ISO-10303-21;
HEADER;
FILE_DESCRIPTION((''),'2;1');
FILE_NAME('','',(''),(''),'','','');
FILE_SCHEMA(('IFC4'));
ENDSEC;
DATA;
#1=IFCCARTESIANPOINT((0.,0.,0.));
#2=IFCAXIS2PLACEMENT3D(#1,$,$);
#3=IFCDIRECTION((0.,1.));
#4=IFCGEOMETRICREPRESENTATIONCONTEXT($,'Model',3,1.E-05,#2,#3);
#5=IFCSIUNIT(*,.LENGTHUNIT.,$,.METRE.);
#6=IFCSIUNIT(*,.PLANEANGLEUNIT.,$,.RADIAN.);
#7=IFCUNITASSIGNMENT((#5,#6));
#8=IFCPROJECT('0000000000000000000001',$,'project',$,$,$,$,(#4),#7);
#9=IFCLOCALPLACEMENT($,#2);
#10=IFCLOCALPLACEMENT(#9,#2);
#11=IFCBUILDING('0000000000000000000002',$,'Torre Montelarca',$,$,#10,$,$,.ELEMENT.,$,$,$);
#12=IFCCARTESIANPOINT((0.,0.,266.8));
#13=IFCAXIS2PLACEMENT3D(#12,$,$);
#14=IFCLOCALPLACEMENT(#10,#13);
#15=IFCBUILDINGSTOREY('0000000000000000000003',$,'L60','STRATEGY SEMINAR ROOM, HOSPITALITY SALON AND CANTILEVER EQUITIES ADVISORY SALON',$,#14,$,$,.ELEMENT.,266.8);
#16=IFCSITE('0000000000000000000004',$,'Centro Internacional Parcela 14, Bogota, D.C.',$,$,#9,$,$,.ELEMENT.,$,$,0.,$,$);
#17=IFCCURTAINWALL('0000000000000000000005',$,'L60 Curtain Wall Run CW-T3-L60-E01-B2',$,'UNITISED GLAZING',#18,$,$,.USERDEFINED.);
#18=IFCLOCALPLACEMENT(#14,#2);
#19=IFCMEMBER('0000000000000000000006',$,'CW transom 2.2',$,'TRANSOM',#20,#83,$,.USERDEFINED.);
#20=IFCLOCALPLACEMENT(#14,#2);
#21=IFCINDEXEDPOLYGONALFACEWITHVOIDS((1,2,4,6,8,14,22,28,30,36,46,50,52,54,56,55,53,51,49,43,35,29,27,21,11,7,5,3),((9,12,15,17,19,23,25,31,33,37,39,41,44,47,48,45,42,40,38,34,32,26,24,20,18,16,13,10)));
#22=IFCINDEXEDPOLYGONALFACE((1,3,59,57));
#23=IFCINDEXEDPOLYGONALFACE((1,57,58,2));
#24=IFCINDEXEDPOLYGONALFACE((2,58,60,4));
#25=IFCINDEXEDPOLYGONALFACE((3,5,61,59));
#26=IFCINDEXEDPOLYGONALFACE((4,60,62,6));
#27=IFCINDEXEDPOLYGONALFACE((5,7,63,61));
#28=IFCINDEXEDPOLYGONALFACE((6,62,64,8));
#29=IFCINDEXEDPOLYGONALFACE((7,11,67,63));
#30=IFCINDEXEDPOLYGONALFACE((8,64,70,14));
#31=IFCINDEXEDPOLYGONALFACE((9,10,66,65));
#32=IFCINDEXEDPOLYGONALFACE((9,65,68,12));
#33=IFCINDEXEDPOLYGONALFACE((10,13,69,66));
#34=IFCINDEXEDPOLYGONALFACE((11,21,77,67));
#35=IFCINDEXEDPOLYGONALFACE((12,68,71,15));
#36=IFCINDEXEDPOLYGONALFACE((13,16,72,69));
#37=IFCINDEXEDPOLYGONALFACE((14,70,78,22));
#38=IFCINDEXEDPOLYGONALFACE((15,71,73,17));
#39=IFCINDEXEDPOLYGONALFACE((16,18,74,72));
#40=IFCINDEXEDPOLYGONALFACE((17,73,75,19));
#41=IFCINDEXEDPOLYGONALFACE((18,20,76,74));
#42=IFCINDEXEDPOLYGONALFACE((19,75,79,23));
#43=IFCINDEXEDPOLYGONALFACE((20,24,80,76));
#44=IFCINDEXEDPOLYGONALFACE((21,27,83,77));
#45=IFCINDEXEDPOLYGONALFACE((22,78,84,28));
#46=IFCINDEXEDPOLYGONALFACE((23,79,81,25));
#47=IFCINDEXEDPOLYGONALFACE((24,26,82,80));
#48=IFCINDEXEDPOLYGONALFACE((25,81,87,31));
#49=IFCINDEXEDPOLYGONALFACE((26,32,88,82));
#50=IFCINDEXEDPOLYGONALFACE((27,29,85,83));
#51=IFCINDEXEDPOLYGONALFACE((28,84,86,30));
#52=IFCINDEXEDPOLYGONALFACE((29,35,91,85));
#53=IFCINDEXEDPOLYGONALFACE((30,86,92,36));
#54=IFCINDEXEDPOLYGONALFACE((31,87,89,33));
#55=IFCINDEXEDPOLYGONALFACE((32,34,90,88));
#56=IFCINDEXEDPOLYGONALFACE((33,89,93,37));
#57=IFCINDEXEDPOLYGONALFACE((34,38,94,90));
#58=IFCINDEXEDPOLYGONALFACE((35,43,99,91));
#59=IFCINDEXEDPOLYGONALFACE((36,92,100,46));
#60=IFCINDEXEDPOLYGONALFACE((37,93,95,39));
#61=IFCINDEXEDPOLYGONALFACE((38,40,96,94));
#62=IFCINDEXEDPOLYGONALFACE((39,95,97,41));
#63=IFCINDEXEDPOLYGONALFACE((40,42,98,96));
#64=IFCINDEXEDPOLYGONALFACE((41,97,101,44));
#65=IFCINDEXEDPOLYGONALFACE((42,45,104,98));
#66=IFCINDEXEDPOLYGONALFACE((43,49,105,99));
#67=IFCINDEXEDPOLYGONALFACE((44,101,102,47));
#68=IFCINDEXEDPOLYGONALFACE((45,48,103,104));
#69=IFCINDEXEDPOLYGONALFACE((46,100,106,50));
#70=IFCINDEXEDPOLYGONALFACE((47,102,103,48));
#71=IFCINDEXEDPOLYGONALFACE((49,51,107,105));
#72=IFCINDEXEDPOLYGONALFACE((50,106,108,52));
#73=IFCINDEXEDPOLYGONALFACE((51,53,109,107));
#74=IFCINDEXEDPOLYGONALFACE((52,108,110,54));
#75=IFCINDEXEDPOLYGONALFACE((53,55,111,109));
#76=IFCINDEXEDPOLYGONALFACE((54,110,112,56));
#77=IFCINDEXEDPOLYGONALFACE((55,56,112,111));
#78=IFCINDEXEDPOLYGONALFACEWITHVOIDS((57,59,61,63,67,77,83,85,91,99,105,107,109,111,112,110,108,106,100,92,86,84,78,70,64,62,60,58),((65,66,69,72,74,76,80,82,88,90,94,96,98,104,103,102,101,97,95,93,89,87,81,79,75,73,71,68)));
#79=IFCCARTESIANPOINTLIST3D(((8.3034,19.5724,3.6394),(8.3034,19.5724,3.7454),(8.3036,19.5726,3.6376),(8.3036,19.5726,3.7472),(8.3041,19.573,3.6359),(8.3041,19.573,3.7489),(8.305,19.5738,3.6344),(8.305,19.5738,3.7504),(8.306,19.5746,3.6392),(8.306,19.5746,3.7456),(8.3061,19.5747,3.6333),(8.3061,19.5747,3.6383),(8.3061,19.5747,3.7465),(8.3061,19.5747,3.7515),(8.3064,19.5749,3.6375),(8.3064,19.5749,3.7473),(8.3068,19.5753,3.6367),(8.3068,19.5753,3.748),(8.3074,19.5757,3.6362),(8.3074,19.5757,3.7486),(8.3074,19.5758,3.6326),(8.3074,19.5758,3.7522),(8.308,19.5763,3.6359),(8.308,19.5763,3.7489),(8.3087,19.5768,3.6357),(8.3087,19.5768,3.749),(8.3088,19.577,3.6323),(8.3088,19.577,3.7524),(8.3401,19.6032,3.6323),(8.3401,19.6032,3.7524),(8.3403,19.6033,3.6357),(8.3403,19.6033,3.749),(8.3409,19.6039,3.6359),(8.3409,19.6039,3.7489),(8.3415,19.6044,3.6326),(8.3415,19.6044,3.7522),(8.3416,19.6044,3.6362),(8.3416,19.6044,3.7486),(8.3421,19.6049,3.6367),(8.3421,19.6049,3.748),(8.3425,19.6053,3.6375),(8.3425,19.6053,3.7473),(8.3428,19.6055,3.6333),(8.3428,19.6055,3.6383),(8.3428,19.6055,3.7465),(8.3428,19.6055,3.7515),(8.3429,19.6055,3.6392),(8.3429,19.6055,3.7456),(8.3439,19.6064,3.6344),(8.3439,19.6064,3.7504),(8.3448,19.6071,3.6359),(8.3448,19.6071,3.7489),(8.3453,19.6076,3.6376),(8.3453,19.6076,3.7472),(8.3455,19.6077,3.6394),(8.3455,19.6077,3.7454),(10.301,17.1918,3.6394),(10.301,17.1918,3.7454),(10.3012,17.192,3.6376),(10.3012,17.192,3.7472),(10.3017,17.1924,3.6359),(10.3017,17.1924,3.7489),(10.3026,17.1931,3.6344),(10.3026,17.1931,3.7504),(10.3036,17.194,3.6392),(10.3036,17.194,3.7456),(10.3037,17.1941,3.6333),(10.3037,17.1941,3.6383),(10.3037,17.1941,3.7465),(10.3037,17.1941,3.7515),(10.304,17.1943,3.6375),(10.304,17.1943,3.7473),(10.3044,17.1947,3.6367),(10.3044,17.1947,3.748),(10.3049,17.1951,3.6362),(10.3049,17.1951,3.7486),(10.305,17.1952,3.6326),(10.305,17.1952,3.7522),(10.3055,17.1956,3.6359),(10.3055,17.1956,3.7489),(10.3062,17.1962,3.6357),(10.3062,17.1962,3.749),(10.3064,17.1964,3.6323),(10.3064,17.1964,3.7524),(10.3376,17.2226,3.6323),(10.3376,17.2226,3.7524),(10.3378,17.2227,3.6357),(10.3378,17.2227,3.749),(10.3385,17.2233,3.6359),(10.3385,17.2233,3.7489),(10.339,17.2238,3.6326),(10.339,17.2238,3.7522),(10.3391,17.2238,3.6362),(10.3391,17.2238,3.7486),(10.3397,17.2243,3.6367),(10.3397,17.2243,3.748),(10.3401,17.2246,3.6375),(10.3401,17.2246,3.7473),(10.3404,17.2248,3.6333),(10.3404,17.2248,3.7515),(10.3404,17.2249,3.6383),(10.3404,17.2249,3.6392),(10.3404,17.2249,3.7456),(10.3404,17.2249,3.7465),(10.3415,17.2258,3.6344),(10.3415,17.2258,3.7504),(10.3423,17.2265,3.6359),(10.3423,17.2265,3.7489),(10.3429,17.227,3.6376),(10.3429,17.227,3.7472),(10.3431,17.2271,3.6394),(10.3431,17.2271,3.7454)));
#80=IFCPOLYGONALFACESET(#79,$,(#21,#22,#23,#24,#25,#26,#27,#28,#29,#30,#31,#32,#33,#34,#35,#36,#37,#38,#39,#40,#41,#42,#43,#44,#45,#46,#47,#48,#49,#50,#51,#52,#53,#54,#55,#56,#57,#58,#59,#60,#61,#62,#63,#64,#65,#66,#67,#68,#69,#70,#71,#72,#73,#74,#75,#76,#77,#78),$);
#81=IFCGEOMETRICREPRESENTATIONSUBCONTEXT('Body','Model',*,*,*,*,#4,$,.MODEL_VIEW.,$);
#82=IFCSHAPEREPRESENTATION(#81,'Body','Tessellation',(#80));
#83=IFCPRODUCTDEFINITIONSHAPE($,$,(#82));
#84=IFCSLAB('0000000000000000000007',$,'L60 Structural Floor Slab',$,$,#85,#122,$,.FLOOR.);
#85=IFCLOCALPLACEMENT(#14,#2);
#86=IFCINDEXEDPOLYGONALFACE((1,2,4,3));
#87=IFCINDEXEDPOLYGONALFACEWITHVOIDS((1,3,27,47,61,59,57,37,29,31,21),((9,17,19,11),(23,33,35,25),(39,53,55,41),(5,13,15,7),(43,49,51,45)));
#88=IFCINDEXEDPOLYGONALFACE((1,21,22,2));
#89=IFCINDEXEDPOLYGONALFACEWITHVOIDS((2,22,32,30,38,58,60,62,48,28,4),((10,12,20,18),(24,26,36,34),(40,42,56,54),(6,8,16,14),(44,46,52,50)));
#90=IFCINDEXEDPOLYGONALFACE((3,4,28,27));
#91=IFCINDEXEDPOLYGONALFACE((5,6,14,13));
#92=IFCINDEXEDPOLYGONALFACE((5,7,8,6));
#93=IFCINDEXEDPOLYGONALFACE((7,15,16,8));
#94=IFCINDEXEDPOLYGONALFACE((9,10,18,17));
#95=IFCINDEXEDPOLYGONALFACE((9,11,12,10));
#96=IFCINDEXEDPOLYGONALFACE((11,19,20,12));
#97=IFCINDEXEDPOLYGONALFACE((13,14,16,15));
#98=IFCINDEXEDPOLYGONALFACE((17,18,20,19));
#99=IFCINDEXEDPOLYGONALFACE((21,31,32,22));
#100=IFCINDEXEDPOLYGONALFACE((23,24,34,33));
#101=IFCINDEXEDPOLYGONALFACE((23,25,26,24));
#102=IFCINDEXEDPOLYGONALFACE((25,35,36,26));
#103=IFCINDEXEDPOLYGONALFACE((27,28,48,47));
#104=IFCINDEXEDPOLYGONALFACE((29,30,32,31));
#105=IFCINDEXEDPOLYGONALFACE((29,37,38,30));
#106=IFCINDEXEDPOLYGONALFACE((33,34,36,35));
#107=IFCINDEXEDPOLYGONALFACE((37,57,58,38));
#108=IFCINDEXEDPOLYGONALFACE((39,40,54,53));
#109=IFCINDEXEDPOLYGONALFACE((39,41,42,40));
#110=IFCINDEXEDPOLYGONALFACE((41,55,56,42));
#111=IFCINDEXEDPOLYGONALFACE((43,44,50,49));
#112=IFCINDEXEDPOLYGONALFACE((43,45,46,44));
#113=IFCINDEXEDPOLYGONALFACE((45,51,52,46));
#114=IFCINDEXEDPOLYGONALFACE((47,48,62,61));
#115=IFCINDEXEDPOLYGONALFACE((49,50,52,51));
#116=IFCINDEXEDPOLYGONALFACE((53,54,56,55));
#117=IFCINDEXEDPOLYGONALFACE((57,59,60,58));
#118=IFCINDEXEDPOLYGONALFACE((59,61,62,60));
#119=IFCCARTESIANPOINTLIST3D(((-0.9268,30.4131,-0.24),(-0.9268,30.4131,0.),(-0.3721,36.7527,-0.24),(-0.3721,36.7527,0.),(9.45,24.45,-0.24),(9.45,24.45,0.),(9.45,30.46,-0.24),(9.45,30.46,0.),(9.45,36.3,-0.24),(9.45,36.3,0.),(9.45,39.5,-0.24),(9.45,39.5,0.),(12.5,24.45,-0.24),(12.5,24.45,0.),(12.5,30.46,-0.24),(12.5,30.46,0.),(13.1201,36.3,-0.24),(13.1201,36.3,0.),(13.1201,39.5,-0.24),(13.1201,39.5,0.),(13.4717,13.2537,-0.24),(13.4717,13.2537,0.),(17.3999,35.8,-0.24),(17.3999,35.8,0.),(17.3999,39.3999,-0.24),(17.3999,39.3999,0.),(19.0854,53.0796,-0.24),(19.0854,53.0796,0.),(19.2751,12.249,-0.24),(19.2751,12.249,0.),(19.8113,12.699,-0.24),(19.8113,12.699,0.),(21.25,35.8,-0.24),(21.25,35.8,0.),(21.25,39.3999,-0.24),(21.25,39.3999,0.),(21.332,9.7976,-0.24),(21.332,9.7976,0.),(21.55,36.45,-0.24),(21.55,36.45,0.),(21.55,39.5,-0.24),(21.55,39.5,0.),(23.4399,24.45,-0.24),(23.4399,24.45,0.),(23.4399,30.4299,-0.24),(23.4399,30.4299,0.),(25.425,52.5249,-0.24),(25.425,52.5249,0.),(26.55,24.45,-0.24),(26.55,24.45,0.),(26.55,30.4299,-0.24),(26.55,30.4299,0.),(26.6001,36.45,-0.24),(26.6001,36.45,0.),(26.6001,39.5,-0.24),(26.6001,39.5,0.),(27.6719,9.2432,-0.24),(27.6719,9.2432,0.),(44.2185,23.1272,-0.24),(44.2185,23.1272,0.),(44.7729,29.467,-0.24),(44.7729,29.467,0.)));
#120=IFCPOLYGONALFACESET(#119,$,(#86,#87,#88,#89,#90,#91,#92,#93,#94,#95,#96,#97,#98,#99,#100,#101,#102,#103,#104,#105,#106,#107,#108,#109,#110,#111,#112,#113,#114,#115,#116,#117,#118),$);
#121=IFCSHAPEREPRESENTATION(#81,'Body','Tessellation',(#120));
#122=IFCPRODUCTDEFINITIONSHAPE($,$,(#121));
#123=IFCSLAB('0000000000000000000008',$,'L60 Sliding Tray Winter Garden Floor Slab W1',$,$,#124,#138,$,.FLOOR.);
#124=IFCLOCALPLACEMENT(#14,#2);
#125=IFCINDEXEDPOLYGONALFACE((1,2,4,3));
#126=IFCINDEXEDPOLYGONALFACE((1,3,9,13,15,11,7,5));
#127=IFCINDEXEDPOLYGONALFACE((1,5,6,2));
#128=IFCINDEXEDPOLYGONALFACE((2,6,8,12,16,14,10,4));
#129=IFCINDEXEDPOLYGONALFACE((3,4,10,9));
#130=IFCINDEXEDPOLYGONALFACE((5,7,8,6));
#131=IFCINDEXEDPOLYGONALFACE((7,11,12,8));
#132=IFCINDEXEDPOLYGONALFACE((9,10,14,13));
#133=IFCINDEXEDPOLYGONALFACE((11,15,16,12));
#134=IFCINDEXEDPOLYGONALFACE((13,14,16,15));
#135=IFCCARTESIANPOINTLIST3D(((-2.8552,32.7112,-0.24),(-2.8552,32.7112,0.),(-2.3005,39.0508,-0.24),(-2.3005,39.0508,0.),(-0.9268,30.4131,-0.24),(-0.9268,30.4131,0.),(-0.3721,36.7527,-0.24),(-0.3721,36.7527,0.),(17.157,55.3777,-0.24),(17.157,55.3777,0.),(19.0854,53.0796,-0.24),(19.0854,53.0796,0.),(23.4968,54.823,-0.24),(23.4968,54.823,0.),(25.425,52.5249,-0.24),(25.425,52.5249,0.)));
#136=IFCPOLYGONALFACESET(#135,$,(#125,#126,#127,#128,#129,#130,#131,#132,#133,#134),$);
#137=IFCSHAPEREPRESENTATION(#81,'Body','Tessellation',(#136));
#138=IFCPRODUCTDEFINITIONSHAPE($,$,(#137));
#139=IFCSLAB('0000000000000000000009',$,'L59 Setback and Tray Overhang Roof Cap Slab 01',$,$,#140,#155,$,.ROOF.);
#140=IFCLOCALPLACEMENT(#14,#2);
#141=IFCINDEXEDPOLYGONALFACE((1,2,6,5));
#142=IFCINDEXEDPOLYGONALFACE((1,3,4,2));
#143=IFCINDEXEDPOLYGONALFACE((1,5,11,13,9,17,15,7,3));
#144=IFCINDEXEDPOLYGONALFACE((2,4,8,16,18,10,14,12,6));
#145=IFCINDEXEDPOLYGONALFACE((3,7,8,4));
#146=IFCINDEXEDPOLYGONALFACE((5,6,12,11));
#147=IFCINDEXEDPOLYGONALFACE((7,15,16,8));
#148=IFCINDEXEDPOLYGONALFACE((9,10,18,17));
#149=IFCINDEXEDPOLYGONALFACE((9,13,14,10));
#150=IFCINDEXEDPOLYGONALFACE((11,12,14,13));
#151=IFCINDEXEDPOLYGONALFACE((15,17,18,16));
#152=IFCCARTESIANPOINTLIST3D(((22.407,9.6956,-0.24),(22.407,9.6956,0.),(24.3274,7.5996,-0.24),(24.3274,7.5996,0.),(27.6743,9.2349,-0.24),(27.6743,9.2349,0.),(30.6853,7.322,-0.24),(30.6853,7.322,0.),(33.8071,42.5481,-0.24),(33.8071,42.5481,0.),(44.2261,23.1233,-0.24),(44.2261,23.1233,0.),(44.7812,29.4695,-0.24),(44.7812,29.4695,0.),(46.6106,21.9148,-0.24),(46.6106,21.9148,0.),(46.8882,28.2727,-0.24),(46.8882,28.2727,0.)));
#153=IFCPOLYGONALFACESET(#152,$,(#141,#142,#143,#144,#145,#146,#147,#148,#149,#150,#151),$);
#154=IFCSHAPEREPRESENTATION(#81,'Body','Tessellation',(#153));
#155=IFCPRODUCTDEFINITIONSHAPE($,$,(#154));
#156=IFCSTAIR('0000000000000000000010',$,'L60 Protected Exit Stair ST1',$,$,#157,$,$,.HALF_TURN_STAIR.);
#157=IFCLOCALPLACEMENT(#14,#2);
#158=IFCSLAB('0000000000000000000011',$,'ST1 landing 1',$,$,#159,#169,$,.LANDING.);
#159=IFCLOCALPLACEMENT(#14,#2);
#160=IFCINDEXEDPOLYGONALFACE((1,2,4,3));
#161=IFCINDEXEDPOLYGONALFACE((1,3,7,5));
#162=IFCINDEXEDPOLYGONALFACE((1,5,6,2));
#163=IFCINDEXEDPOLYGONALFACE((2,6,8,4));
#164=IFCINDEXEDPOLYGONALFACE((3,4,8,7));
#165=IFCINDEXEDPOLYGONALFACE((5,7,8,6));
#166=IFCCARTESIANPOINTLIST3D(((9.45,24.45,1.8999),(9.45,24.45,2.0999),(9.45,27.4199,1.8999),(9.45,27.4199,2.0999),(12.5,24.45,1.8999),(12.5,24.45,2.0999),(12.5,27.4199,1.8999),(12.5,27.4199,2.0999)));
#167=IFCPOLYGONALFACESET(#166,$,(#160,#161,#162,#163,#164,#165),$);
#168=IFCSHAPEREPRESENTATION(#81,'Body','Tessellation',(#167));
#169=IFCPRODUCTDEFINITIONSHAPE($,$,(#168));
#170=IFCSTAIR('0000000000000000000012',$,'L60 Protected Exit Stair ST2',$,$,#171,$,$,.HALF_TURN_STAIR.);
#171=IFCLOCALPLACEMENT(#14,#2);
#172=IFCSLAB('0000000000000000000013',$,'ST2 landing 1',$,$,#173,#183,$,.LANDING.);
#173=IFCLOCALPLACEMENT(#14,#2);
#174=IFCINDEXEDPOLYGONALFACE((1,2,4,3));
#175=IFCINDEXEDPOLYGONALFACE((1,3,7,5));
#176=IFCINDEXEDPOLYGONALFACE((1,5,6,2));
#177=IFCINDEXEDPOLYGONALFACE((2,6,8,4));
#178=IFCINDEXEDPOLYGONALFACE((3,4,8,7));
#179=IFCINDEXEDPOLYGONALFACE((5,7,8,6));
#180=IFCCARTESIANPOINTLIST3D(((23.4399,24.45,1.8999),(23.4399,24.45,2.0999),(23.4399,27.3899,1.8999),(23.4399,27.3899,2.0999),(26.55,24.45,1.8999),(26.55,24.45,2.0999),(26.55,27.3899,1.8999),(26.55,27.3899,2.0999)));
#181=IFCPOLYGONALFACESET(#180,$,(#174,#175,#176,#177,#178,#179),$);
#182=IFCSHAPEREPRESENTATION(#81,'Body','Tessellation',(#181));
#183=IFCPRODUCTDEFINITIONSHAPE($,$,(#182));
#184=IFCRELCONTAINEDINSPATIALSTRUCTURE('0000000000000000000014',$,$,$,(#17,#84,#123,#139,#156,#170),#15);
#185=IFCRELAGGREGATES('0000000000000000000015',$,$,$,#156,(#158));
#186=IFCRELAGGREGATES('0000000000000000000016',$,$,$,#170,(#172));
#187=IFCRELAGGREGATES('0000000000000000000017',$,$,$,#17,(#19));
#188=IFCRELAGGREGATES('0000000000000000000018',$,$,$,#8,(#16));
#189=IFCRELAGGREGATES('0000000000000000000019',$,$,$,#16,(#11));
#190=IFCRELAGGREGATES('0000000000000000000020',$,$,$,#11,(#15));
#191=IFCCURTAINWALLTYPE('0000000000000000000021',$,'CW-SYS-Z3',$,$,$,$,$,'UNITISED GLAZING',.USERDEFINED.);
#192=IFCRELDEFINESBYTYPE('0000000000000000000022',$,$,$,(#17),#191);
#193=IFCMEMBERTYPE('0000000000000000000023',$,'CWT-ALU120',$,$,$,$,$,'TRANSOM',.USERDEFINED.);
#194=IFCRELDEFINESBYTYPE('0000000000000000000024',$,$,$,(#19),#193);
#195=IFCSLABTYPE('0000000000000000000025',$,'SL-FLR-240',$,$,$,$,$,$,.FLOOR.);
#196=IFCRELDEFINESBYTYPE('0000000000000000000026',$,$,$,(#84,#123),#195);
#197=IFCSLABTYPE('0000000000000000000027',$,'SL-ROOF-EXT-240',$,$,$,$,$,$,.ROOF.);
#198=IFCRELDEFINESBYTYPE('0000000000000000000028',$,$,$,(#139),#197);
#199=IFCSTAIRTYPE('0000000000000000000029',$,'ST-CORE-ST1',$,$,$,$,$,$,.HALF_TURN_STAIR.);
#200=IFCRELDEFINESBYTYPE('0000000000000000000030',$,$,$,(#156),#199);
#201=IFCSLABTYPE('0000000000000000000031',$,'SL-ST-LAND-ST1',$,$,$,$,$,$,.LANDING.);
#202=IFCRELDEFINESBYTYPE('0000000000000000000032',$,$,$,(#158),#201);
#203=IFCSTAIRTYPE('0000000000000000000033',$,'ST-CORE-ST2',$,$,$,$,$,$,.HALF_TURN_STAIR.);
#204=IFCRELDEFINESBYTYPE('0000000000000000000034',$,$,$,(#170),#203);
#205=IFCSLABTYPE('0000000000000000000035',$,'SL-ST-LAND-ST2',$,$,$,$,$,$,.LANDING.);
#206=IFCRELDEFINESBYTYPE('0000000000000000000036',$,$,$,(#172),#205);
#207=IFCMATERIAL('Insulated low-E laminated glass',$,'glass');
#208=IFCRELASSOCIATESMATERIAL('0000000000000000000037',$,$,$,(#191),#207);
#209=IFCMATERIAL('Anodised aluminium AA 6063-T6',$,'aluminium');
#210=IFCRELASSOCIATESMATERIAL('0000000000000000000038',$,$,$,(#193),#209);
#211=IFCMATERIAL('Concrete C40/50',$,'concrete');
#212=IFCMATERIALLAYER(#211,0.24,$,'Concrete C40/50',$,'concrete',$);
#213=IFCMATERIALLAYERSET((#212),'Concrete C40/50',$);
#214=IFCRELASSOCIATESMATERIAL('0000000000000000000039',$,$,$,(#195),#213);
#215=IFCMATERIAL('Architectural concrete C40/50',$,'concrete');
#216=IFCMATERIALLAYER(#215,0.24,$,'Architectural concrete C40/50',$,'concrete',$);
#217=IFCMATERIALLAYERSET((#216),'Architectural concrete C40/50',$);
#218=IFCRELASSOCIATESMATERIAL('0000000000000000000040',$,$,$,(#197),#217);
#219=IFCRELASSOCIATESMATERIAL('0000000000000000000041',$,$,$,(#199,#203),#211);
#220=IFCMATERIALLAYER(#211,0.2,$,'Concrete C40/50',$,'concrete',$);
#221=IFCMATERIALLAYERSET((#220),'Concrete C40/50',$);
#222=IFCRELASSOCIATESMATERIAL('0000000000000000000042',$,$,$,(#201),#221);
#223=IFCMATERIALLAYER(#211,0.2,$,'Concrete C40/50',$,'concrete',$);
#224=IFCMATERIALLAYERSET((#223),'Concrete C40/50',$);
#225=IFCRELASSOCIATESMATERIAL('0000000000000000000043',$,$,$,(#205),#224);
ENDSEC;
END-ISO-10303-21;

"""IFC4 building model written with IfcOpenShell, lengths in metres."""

from ifc_helpers import new_model, si_unit, direction, frame, origin, origin_2d, place, context, subcontext, project, spatial, polyline, hollow_rectangle, outline, extrude, source, transform, mapped, material, layer, layer_set, material_profile, profile_set, type_object, element, aggregate, save


model = new_model("IFC4")

# Units and contexts
model_context = context("Model", 3, precision=1e-05, world=origin(), true_north=direction((0.0, 1.0)))
body_context = subcontext(model_context, "Body", "Model", "MODEL_VIEW")
ifc_project = project(units=[si_unit("LENGTHUNIT", "METRE"), si_unit("PLANEANGLEUNIT", "RADIAN")], contexts=[model_context])

# Site, building, storey
site_placement = place(None, origin())
site = spatial("IfcSite", under=ifc_project, at=site_placement, Name="Centro Internacional Parcela 14, Bogota, D.C.", CompositionType="ELEMENT", RefElevation=0.0)
building_placement = place(site_placement, origin())
building = spatial("IfcBuilding", under=site, at=building_placement, Name="Torre Montelarca", CompositionType="ELEMENT")
storey_placement = place(building_placement, frame((0.0, 0.0, 266.8)))
storey = spatial("IfcBuildingStorey", under=building, at=storey_placement, Name="L60", Description="STRATEGY SEMINAR ROOM, HOSPITALITY SALON AND CANTILEVER EQUITIES ADVISORY SALON", CompositionType="ELEMENT", Elevation=266.8)

# Curtain wall
ifc_material_1 = material(Name="Insulated low-E laminated glass", Category="glass")
curtain_wall_type = type_object("IfcCurtainWallType", Name="CW-SYS-Z3", ElementType="UNITISED GLAZING", PredefinedType="USERDEFINED", material=ifc_material_1)
ifc_material_2 = material(Name="Anodised aluminium AA 6063-T6", Category="aluminium")
ifc_material_profile_1 = material_profile(ifc_material_2, hollow_rectangle(XDim=0.0549, YDim=0.1201, WallThickness=0.0034, InnerFilletRadius=0.0034, OuterFilletRadius=0.0071, at=origin_2d()), Name="ALU55X120X3.5", Category="aluminium")
ifc_profile_set_1 = profile_set([ifc_material_profile_1], Name="Anodised aluminium AA 6063-T6")
member_type_1 = type_object("IfcMemberType", Name="CWT-ALU120", ElementType="TRANSOM", PredefinedType="USERDEFINED", material=ifc_profile_set_1)
curtain_wall_1_placement = place(storey_placement, origin())
curtain_wall_1 = element("IfcCurtainWall", 1, at=curtain_wall_1_placement, inside=storey, type_object=curtain_wall_type, Name="L60 Curtain Wall Run CW-T3-L60-E01-B2", ObjectType="UNITISED GLAZING", PredefinedType="USERDEFINED")

# Member
shared_shape_1 = source(origin(), body_context, "Body", "SweptSolid", [
    extrude(hollow_rectangle(XDim=0.0549, YDim=0.1201, WallThickness=0.0034, InnerFilletRadius=0.0034, OuterFilletRadius=0.0071, at=origin_2d()), origin(), (0.0, 0.0, 1.0), 3.1077),
])
member_1_placement = place(storey_placement, frame((8.3245, 19.5901, 3.6924), z_axis=(0.642785, -0.766047, 0.0), x_axis=(0.766047, 0.642785, 0.0)))
member_1 = element("IfcMember", 2, at=member_1_placement, type_object=member_type_1, Name="CW transom 2.2", ObjectType="TRANSOM", PredefinedType="USERDEFINED", context=body_context, shape_type="MappedRepresentation", body=[
    mapped(shared_shape_1, transform((0.0, 0.0, 0.0), scale=1.0)),
])

# Slabs
ifc_material_3 = material(Name="Concrete C40/50", Category="concrete")
ifc_layer_1 = layer(ifc_material_3, 0.24, Name="Concrete C40/50", Category="concrete")
ifc_layer_set_1 = layer_set([ifc_layer_1], Name="Concrete C40/50")
slab_type_1 = type_object("IfcSlabType", Name="SL-FLR-240", PredefinedType="FLOOR", material=ifc_layer_set_1)
slab_1_placement = place(storey_placement, frame((0.0, 0.0, -0.24)))
element("IfcSlab", 3, at=slab_1_placement, inside=storey, type_object=slab_type_1, Name="L60 Structural Floor Slab", PredefinedType="FLOOR", context=body_context, shape_type="SweptSolid", body=[
    extrude(outline(polyline([(13.4717, 13.2537), (19.8113, 12.699), (19.2751, 12.249), (21.332, 9.7976), (27.6719, 9.2432), (44.2185, 23.1272), (44.7729, 29.467), (25.425, 52.5249), (19.0854, 53.0796), (-0.3721, 36.7527), (-0.9268, 30.4131), (13.4717, 13.2537)]), holes=[polyline([(26.55, 24.45), (23.4399, 24.45), (23.4399, 30.4299), (26.55, 30.4299), (26.55, 24.45)]), polyline([(12.5, 24.45), (9.45, 24.45), (9.45, 30.46), (12.5, 30.46), (12.5, 24.45)]), polyline([(21.25, 39.3999), (21.25, 35.8), (17.3999, 35.8), (17.3999, 39.3999), (21.25, 39.3999)]), polyline([(13.1201, 36.3), (9.45, 36.3), (9.45, 39.5), (13.1201, 39.5), (13.1201, 36.3)]), polyline([(26.6001, 36.45), (21.55, 36.45), (21.55, 39.5), (26.6001, 39.5), (26.6001, 36.45)])]), origin(), (0.0, 0.0, 1.0), 0.24),
])
slab_2_placement = place(storey_placement, frame((0.0, 0.0, -0.24)))
element("IfcSlab", 4, at=slab_2_placement, inside=storey, type_object=slab_type_1, Name="L60 Sliding Tray Winter Garden Floor Slab W1", PredefinedType="FLOOR", context=body_context, shape_type="SweptSolid", body=[
    extrude(outline(polyline([(-0.9268, 30.4131), (-0.3721, 36.7527), (19.0854, 53.0796), (25.425, 52.5249), (23.4968, 54.823), (17.157, 55.3777), (-2.3005, 39.0508), (-2.8552, 32.7112), (-0.9268, 30.4131)])), origin(), (0.0, 0.0, 1.0), 0.24),
])
ifc_material_4 = material(Name="Architectural concrete C40/50", Category="concrete")
ifc_layer_2 = layer(ifc_material_4, 0.24, Name="Architectural concrete C40/50", Category="concrete")
ifc_layer_set_2 = layer_set([ifc_layer_2], Name="Architectural concrete C40/50")
slab_type_2 = type_object("IfcSlabType", Name="SL-ROOF-EXT-240", PredefinedType="ROOF", material=ifc_layer_set_2)
slab_3_placement = place(storey_placement, frame((0.0, 0.0, -0.24)))
element("IfcSlab", 5, at=slab_3_placement, inside=storey, type_object=slab_type_2, Name="L59 Setback and Tray Overhang Roof Cap Slab 01", PredefinedType="ROOF", context=body_context, shape_type="SweptSolid", body=[
    extrude(outline(polyline([(44.7812, 29.4695), (44.2261, 23.1233), (27.6743, 9.2349), (22.407, 9.6956), (24.3274, 7.5996), (30.6853, 7.322), (46.6106, 21.9148), (46.8882, 28.2727), (33.8071, 42.5481), (44.7812, 29.4695)])), origin(), (0.0, 0.0, 1.0), 0.24),
])

# Stairs, slabs
stair_type_1 = type_object("IfcStairType", Name="ST-CORE-ST1", PredefinedType="HALF_TURN_STAIR", material=ifc_material_3)
stair_1_placement = place(storey_placement, origin())
stair_1 = element("IfcStair", 6, at=stair_1_placement, inside=storey, type_object=stair_type_1, Name="L60 Protected Exit Stair ST1", PredefinedType="HALF_TURN_STAIR")
ifc_layer_3 = layer(ifc_material_3, 0.2, Name="Concrete C40/50", Category="concrete")
ifc_layer_set_3 = layer_set([ifc_layer_3], Name="Concrete C40/50")
slab_type_3 = type_object("IfcSlabType", Name="SL-ST-LAND-ST1", PredefinedType="LANDING", material=ifc_layer_set_3)
slab_4_placement = place(storey_placement, frame((0.0, 0.0, 1.8999)))
slab_4 = element("IfcSlab", 7, at=slab_4_placement, type_object=slab_type_3, Name="ST1 landing 1", PredefinedType="LANDING", context=body_context, shape_type="SweptSolid", body=[
    extrude(outline(polyline([(9.45, 27.4199), (9.45, 24.45), (12.5, 24.45), (12.5, 27.4199), (9.45, 27.4199)])), origin(), (0.0, 0.0, 1.0), 0.2),
])
aggregate(stair_1, [slab_4])
stair_type_2 = type_object("IfcStairType", Name="ST-CORE-ST2", PredefinedType="HALF_TURN_STAIR", material=ifc_material_3)
stair_2_placement = place(storey_placement, origin())
stair_2 = element("IfcStair", 8, at=stair_2_placement, inside=storey, type_object=stair_type_2, Name="L60 Protected Exit Stair ST2", PredefinedType="HALF_TURN_STAIR")
ifc_layer_4 = layer(ifc_material_3, 0.2, Name="Concrete C40/50", Category="concrete")
ifc_layer_set_4 = layer_set([ifc_layer_4], Name="Concrete C40/50")
slab_type_4 = type_object("IfcSlabType", Name="SL-ST-LAND-ST2", PredefinedType="LANDING", material=ifc_layer_set_4)
slab_5_placement = place(storey_placement, frame((0.0, 0.0, 1.8999)))
slab_5 = element("IfcSlab", 9, at=slab_5_placement, type_object=slab_type_4, Name="ST2 landing 1", PredefinedType="LANDING", context=body_context, shape_type="SweptSolid", body=[
    extrude(outline(polyline([(23.4399, 27.3899), (23.4399, 24.45), (26.55, 24.45), (26.55, 27.3899), (23.4399, 27.3899)])), origin(), (0.0, 0.0, 1.0), 0.2),
])
aggregate(stair_2, [slab_5])

aggregate(curtain_wall_1, [member_1])

save(model, "model.ifc")
